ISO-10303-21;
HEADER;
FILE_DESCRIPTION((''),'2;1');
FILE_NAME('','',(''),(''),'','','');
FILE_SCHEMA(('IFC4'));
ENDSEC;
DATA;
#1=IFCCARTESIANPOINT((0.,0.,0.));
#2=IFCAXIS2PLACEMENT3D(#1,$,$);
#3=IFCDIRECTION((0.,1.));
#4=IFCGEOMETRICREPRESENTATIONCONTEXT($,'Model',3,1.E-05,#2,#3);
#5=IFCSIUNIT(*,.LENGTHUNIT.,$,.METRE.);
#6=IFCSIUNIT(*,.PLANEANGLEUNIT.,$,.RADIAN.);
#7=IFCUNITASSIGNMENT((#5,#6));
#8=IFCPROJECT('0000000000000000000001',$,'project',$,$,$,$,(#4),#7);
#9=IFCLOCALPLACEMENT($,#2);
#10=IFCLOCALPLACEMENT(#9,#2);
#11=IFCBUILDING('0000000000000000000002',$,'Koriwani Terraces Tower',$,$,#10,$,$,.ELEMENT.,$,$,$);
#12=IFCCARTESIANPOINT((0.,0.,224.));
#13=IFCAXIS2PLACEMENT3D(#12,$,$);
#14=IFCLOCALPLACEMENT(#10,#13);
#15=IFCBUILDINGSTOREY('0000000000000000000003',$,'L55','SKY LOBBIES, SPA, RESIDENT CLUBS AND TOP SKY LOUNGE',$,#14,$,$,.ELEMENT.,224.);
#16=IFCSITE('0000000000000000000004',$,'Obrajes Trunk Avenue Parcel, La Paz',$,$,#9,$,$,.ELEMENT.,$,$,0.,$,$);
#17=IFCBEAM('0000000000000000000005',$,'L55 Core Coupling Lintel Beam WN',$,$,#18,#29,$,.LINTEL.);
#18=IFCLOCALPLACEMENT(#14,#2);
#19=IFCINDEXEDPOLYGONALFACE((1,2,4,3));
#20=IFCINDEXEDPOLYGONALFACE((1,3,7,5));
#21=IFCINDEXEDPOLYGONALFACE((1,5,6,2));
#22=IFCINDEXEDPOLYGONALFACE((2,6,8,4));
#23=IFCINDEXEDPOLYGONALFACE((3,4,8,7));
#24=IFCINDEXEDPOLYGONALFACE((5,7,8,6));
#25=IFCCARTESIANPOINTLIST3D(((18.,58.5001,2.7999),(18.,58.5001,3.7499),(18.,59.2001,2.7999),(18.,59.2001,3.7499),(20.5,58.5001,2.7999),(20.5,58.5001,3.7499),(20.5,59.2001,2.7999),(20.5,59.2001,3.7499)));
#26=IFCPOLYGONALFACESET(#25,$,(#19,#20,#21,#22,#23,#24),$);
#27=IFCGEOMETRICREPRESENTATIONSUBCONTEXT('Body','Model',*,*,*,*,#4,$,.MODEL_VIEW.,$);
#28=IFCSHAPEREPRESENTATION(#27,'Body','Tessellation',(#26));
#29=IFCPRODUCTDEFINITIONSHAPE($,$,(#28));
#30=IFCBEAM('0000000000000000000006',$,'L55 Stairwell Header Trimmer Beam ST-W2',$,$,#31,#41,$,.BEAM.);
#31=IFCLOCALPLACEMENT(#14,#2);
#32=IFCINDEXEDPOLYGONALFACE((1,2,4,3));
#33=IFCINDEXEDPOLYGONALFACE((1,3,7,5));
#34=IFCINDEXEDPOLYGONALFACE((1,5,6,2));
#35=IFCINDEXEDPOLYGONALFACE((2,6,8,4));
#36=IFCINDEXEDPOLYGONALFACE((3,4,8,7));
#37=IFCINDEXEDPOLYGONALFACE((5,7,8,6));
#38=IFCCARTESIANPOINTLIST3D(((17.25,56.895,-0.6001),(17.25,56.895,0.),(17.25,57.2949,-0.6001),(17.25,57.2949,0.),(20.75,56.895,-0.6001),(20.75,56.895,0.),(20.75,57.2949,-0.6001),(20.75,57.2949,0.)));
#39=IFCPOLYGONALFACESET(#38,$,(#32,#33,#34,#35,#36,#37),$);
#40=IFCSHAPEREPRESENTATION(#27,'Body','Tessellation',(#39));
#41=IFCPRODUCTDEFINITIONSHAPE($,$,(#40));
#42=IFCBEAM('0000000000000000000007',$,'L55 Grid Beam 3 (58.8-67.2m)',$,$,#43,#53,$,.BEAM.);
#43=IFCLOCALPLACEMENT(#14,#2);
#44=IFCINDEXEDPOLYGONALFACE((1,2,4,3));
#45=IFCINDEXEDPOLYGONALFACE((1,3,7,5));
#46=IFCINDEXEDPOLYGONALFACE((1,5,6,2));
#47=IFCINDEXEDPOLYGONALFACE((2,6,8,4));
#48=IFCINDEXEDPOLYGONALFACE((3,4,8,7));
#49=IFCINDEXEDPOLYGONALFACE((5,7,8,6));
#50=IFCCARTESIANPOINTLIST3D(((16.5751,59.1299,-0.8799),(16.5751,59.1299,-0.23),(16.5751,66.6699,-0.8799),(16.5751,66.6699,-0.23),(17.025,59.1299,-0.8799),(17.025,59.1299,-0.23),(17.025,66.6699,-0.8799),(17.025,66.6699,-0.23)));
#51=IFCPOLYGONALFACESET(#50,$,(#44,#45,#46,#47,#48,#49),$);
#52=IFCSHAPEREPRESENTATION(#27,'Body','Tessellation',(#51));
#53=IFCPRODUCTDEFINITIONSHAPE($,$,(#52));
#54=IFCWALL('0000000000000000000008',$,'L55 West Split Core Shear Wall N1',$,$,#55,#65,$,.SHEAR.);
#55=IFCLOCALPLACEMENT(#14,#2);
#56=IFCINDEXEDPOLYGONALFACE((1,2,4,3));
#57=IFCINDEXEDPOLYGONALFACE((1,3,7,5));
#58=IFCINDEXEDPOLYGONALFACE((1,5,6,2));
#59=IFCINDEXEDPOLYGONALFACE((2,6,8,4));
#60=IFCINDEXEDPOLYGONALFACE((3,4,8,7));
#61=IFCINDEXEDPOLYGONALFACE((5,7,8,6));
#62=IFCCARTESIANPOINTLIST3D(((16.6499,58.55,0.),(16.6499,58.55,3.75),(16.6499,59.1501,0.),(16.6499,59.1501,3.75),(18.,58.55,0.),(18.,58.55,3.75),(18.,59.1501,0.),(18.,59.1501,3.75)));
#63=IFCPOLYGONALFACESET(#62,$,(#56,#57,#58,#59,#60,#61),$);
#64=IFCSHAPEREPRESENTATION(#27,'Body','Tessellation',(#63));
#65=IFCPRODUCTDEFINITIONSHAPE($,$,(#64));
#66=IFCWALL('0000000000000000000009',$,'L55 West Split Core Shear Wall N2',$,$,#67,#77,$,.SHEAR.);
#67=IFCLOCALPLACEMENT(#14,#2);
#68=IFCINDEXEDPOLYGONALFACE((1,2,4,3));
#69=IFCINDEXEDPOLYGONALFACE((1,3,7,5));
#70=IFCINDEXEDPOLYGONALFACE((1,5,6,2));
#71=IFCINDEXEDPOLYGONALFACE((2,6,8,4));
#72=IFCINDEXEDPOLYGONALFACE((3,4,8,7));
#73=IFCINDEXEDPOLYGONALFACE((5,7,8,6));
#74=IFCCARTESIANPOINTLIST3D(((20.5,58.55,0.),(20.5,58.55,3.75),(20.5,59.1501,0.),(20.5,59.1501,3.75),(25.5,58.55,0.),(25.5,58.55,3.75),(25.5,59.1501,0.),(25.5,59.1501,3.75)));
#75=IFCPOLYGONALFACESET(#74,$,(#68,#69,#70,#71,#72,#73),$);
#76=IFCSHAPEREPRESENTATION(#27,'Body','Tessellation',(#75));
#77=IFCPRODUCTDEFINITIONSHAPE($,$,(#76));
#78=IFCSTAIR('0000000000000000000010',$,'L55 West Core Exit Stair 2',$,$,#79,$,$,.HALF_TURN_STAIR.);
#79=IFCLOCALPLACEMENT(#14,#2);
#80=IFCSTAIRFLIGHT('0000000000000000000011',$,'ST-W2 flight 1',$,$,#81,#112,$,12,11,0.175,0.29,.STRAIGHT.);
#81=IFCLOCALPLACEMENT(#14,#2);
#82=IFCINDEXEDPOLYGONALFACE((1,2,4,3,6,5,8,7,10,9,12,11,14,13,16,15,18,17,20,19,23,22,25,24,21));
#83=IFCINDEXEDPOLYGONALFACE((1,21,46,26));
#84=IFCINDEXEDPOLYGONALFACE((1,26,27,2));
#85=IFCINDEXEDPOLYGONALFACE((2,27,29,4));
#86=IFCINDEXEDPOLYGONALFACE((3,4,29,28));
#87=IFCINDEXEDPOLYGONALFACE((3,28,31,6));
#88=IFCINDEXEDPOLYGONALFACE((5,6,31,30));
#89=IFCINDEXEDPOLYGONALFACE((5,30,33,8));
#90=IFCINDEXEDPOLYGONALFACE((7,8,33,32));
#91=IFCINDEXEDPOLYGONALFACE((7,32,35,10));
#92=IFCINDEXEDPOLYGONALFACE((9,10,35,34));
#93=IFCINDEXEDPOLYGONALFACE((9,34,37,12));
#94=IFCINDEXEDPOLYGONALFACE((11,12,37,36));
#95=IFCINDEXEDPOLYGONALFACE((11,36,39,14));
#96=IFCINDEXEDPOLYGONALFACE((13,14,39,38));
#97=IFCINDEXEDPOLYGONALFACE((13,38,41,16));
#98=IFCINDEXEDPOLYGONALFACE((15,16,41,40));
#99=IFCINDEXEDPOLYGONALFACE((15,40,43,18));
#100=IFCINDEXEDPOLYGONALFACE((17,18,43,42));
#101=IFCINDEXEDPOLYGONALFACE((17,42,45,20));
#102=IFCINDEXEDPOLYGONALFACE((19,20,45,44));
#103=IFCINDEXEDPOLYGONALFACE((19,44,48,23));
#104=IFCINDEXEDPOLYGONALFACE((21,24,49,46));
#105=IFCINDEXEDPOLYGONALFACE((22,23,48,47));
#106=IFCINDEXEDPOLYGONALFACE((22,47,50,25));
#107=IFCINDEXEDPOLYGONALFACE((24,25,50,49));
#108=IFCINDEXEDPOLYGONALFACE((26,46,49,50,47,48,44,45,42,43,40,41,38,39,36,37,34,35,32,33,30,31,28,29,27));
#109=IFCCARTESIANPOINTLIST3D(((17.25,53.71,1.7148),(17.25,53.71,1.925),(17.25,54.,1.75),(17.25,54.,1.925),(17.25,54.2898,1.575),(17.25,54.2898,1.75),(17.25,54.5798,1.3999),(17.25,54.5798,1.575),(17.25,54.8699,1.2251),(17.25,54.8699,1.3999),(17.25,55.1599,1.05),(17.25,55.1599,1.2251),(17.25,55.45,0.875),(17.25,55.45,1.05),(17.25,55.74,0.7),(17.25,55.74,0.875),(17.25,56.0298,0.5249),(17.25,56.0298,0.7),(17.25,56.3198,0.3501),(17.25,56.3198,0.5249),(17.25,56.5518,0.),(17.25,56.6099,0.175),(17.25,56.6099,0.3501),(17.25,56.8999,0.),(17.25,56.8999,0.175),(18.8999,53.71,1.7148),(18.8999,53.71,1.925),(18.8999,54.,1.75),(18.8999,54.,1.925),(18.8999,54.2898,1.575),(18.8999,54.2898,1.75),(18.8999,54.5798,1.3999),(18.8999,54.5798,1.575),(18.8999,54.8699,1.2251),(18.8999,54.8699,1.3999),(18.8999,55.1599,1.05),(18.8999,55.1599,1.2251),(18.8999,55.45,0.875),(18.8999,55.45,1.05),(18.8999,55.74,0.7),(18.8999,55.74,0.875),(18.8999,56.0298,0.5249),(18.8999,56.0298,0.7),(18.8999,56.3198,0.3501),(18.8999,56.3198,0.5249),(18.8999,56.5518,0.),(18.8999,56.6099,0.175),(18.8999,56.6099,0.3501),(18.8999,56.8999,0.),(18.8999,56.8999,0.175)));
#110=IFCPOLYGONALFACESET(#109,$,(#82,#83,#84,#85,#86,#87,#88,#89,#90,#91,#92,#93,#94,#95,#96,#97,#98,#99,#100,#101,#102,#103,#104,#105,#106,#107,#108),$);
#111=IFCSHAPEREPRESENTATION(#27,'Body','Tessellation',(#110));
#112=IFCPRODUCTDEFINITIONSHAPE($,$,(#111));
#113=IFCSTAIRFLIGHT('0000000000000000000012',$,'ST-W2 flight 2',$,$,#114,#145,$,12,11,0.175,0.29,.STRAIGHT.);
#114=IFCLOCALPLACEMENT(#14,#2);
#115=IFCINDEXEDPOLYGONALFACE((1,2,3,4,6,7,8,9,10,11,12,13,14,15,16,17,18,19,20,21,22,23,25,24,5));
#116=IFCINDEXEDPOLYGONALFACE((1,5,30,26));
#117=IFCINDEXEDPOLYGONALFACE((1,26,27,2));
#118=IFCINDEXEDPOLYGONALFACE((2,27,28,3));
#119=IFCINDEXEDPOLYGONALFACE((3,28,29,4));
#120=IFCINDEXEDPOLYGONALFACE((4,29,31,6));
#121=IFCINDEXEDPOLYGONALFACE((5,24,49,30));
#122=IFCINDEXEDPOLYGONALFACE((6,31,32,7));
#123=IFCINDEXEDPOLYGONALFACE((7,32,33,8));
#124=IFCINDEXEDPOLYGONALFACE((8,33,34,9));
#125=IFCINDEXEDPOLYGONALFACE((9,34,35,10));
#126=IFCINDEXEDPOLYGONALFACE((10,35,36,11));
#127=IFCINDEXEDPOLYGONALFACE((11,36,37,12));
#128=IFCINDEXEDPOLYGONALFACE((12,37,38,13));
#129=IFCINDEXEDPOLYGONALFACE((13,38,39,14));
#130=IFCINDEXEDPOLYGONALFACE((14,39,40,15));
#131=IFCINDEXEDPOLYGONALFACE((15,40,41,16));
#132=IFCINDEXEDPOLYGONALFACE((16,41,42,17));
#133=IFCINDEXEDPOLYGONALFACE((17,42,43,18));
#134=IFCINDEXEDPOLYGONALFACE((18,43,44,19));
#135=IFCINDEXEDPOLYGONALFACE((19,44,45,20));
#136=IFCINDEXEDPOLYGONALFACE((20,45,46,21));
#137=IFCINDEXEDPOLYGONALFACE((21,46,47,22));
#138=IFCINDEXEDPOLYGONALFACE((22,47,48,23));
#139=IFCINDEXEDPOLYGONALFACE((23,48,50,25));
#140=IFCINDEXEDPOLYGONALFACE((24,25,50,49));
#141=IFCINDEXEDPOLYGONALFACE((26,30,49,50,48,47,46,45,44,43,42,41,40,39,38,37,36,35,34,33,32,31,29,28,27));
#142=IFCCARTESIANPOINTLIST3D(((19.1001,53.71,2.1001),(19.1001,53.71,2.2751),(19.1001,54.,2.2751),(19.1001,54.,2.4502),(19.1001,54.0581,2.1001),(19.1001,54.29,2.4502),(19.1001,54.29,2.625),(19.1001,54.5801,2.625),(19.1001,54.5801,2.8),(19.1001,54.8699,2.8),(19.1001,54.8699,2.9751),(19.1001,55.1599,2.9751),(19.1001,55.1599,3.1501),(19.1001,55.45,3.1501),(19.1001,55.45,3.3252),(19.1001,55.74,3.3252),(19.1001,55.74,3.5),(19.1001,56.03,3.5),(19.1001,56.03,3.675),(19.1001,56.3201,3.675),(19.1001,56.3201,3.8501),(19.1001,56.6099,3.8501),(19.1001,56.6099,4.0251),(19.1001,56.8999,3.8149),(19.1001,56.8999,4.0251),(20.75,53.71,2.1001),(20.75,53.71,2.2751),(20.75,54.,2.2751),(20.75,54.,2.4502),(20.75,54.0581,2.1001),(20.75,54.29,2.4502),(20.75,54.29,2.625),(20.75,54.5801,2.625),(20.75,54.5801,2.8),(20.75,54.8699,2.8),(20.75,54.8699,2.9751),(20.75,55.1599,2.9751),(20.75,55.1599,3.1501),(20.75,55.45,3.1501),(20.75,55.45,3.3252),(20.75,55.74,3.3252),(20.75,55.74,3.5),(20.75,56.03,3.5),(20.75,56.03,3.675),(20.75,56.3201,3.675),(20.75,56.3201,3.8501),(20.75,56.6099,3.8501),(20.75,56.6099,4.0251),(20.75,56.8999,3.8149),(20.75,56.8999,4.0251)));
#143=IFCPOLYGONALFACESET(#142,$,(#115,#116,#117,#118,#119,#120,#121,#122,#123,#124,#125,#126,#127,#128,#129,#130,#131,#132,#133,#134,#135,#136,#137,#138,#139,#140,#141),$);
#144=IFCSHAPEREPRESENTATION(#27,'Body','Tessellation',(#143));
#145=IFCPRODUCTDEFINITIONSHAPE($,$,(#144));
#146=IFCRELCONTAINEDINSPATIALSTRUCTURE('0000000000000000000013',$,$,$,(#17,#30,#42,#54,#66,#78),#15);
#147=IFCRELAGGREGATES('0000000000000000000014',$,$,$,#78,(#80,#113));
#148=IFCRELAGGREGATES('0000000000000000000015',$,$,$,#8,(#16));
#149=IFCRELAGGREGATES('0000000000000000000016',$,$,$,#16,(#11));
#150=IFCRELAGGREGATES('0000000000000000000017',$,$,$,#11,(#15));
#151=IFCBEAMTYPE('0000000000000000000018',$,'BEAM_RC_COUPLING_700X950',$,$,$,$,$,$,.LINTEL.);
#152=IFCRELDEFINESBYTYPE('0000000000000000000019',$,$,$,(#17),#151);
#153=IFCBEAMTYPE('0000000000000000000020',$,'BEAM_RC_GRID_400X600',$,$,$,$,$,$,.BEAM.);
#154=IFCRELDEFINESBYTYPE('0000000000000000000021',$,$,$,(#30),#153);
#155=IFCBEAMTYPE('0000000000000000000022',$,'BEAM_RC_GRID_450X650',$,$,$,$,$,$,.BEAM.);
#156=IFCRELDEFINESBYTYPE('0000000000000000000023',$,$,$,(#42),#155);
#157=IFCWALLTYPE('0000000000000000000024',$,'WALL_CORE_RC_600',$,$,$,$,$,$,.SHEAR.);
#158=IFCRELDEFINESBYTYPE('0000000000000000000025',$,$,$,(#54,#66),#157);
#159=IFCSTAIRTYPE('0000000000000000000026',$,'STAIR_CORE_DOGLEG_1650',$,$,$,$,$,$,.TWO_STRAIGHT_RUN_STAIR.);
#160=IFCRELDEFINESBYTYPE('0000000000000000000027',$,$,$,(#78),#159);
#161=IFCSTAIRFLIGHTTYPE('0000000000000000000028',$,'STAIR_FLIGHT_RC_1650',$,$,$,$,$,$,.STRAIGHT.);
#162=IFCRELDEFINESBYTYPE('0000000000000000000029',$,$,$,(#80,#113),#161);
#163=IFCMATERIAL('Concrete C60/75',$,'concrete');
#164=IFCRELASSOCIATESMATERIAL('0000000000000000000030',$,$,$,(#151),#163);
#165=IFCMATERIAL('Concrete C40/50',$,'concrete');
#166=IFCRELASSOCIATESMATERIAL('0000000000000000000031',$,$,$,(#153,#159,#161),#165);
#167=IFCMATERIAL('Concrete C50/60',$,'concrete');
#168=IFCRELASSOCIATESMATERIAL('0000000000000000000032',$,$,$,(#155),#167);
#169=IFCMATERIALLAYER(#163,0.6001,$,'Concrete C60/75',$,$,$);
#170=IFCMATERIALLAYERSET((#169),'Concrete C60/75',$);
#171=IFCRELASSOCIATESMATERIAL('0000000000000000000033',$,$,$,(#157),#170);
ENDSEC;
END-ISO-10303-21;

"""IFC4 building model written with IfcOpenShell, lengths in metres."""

from ifc_helpers import new_model, si_unit, direction, frame, frame_2d, origin, origin_2d, place, context, subcontext, project, spatial, polyline, rectangle, outline, extrude, material, layer, layer_set, material_profile, profile_set, type_object, element, aggregate, save


model = new_model("IFC4")

# Units and contexts
model_context = context("Model", 3, precision=1e-05, world=origin(), true_north=direction((0.0, 1.0)))
body_context = subcontext(model_context, "Body", "Model", "MODEL_VIEW")
ifc_project = project(units=[si_unit("LENGTHUNIT", "METRE"), si_unit("PLANEANGLEUNIT", "RADIAN")], contexts=[model_context])

# Site, building, storey
site_placement = place(None, origin())
site = spatial("IfcSite", under=ifc_project, at=site_placement, Name="Obrajes Trunk Avenue Parcel, La Paz", CompositionType="ELEMENT", RefElevation=0.0)
building_placement = place(site_placement, origin())
building = spatial("IfcBuilding", under=site, at=building_placement, Name="Koriwani Terraces Tower", CompositionType="ELEMENT")
storey_placement = place(building_placement, frame((0.0, 0.0, 224.0)))
storey = spatial("IfcBuildingStorey", under=building, at=storey_placement, Name="L55", Description="SKY LOBBIES, SPA, RESIDENT CLUBS AND TOP SKY LOUNGE", CompositionType="ELEMENT", Elevation=224.0)

# Beams
ifc_material_1 = material(Name="Concrete C60/75", Category="concrete")
ifc_material_profile_1 = material_profile(ifc_material_1, rectangle(XDim=0.7, YDim=0.95, at=origin_2d()), Name="Concrete C60/75", Category="LoadBearing")
ifc_profile_set_1 = profile_set([ifc_material_profile_1], Name="Concrete C60/75")
beam_type_1 = type_object("IfcBeamType", Name="BEAM_RC_COUPLING_700X950", PredefinedType="LINTEL", material=ifc_profile_set_1)
beam_1_placement = place(storey_placement, frame((18.0, 58.8501, 3.2749), z_axis=(1.0, 0.0, 0.0), x_axis=(0.0, 1.0, 0.0)))
element("IfcBeam", 1, at=beam_1_placement, inside=storey, type_object=beam_type_1, Name="L55 Core Coupling Lintel Beam WN", PredefinedType="LINTEL", context=body_context, shape_type="SweptSolid", body=[
    extrude(rectangle(XDim=0.7, YDim=0.95, at=origin_2d()), origin(), (0.0, 0.0, 1.0), 2.5),
])
ifc_material_2 = material(Name="Concrete C40/50", Category="concrete")
ifc_material_profile_2 = material_profile(ifc_material_2, rectangle(XDim=0.3999, YDim=0.6001, at=origin_2d()), Name="Concrete C40/50", Category="LoadBearing")
ifc_profile_set_2 = profile_set([ifc_material_profile_2], Name="Concrete C40/50")
beam_type_2 = type_object("IfcBeamType", Name="BEAM_RC_GRID_400X600", PredefinedType="BEAM", material=ifc_profile_set_2)
beam_2_placement = place(storey_placement, frame((17.25, 57.095, -0.3), z_axis=(1.0, 0.0, 0.0), x_axis=(0.0, 1.0, 0.0)))
element("IfcBeam", 2, at=beam_2_placement, inside=storey, type_object=beam_type_2, Name="L55 Stairwell Header Trimmer Beam ST-W2", PredefinedType="BEAM", context=body_context, shape_type="SweptSolid", body=[
    extrude(rectangle(XDim=0.3999, YDim=0.6001, at=origin_2d()), origin(), (0.0, 0.0, 1.0), 3.5),
])
ifc_material_3 = material(Name="Concrete C50/60", Category="concrete")
ifc_material_profile_3 = material_profile(ifc_material_3, rectangle(XDim=0.45, YDim=0.6499, at=origin_2d()), Name="Concrete C50/60", Category="LoadBearing")
ifc_profile_set_3 = profile_set([ifc_material_profile_3], Name="Concrete C50/60")
beam_type_3 = type_object("IfcBeamType", Name="BEAM_RC_GRID_450X650", PredefinedType="BEAM", material=ifc_profile_set_3)
beam_3_placement = place(storey_placement, frame((16.8, 59.1299, -0.5549), z_axis=(0.0, 1.0, 0.0), x_axis=(-1.0, 0.0, 0.0)))
element("IfcBeam", 3, at=beam_3_placement, inside=storey, type_object=beam_type_3, Name="L55 Grid Beam 3 (58.8-67.2m)", PredefinedType="BEAM", context=body_context, shape_type="SweptSolid", body=[
    extrude(rectangle(XDim=0.45, YDim=0.6499, at=origin_2d()), origin(), (0.0, 0.0, 1.0), 7.54),
])

# Walls
ifc_layer_1 = layer(ifc_material_1, 0.6001, Name="Concrete C60/75")
ifc_layer_set_1 = layer_set([ifc_layer_1], Name="Concrete C60/75")
wall_type_1 = type_object("IfcWallType", Name="WALL_CORE_RC_600", PredefinedType="SHEAR", material=ifc_layer_set_1)
wall_1_placement = place(storey_placement, frame((16.6499, 58.8501, 0.0), z_axis=(0.0, 0.0, 1.0), x_axis=(1.0, 0.0, 0.0)))
element("IfcWall", 4, at=wall_1_placement, inside=storey, type_object=wall_type_1, Name="L55 West Split Core Shear Wall N1", PredefinedType="SHEAR", context=body_context, shape_type="SweptSolid", body=[
    extrude(rectangle(XDim=1.3501, YDim=0.6001, at=frame_2d((0.675, 0.0))), origin(), (0.0, 0.0, 1.0), 3.75),
])
wall_2_placement = place(storey_placement, frame((20.5, 58.8501, 0.0), z_axis=(0.0, 0.0, 1.0), x_axis=(1.0, 0.0, 0.0)))
element("IfcWall", 5, at=wall_2_placement, inside=storey, type_object=wall_type_1, Name="L55 West Split Core Shear Wall N2", PredefinedType="SHEAR", context=body_context, shape_type="SweptSolid", body=[
    extrude(rectangle(XDim=5.0, YDim=0.6001, at=frame_2d((2.5, 0.0))), origin(), (0.0, 0.0, 1.0), 3.75),
])

# Stair, stair flights
stair_type = type_object("IfcStairType", Name="STAIR_CORE_DOGLEG_1650", PredefinedType="TWO_STRAIGHT_RUN_STAIR", material=ifc_material_2)
stair_placement = place(storey_placement, origin())
stair = element("IfcStair", 6, at=stair_placement, inside=storey, type_object=stair_type, Name="L55 West Core Exit Stair 2", PredefinedType="HALF_TURN_STAIR")
stair_flight_type = type_object("IfcStairFlightType", Name="STAIR_FLIGHT_RC_1650", PredefinedType="STRAIGHT", material=ifc_material_2)
stair_flight_1_placement = place(storey_placement, frame((18.075, 56.8999, 0.0), z_axis=(0.0, 0.0, 1.0), x_axis=(0.0, -1.0, 0.0)))
stair_flight_1 = element("IfcStairFlight", 7, at=stair_flight_1_placement, type_object=stair_flight_type, Name="ST-W2 flight 1", NumberOfRisers=12, NumberOfTreads=11, PredefinedType="STRAIGHT", RiserHeight=0.175, TreadLength=0.29, context=body_context, shape_type="SweptSolid", body=[
    extrude(outline(polyline([(0.0, 0.0), (0.0, 0.175), (0.29, 0.175), (0.29, 0.3501), (0.5801, 0.3501), (0.5801, 0.5249), (0.8701, 0.5249), (0.8701, 0.7), (1.1599, 0.7), (1.1599, 0.875), (1.45, 0.875), (1.45, 1.05), (1.74, 1.05), (1.74, 1.2251), (2.03, 1.2251), (2.03, 1.3999), (2.3201, 1.3999), (2.3201, 1.575), (2.6101, 1.575), (2.6101, 1.75), (2.8999, 1.75), (2.8999, 1.925), (3.1899, 1.925), (3.1899, 2.1001), (3.1899, 1.7148), (0.3481, 0.0), (0.0, 0.0)])), frame((0.0, 0.825, 0.0), z_axis=(0.0, -1.0, 0.0), x_axis=(1.0, 0.0, 0.0)), (0.0, 0.0, 1.0), 1.6499),
])
stair_flight_2_placement = place(storey_placement, frame((19.925, 53.71, 2.1001), z_axis=(0.0, 0.0, 1.0), x_axis=(0.0, 1.0, 0.0)))
stair_flight_2 = element("IfcStairFlight", 8, at=stair_flight_2_placement, type_object=stair_flight_type, Name="ST-W2 flight 2", NumberOfRisers=12, NumberOfTreads=11, PredefinedType="STRAIGHT", RiserHeight=0.175, TreadLength=0.29, context=body_context, shape_type="SweptSolid", body=[
    extrude(outline(polyline([(0.0, 0.0), (0.0, 0.175), (0.29, 0.175), (0.29, 0.3501), (0.5801, 0.3501), (0.5801, 0.5249), (0.8701, 0.5249), (0.8701, 0.7), (1.1599, 0.7), (1.1599, 0.875), (1.45, 0.875), (1.45, 1.05), (1.74, 1.05), (1.74, 1.2251), (2.03, 1.2251), (2.03, 1.3999), (2.3201, 1.3999), (2.3201, 1.575), (2.6101, 1.575), (2.6101, 1.75), (2.8999, 1.75), (2.8999, 1.925), (3.1899, 1.925), (3.1899, 2.1001), (3.1899, 1.7148), (0.3481, 0.0), (0.0, 0.0)])), frame((0.0, 0.825, 0.0), z_axis=(0.0, -1.0, 0.0), x_axis=(1.0, 0.0, 0.0)), (0.0, 0.0, 1.0), 1.6499),
])
aggregate(stair, [stair_flight_1, stair_flight_2])

save(model, "model.ifc")
